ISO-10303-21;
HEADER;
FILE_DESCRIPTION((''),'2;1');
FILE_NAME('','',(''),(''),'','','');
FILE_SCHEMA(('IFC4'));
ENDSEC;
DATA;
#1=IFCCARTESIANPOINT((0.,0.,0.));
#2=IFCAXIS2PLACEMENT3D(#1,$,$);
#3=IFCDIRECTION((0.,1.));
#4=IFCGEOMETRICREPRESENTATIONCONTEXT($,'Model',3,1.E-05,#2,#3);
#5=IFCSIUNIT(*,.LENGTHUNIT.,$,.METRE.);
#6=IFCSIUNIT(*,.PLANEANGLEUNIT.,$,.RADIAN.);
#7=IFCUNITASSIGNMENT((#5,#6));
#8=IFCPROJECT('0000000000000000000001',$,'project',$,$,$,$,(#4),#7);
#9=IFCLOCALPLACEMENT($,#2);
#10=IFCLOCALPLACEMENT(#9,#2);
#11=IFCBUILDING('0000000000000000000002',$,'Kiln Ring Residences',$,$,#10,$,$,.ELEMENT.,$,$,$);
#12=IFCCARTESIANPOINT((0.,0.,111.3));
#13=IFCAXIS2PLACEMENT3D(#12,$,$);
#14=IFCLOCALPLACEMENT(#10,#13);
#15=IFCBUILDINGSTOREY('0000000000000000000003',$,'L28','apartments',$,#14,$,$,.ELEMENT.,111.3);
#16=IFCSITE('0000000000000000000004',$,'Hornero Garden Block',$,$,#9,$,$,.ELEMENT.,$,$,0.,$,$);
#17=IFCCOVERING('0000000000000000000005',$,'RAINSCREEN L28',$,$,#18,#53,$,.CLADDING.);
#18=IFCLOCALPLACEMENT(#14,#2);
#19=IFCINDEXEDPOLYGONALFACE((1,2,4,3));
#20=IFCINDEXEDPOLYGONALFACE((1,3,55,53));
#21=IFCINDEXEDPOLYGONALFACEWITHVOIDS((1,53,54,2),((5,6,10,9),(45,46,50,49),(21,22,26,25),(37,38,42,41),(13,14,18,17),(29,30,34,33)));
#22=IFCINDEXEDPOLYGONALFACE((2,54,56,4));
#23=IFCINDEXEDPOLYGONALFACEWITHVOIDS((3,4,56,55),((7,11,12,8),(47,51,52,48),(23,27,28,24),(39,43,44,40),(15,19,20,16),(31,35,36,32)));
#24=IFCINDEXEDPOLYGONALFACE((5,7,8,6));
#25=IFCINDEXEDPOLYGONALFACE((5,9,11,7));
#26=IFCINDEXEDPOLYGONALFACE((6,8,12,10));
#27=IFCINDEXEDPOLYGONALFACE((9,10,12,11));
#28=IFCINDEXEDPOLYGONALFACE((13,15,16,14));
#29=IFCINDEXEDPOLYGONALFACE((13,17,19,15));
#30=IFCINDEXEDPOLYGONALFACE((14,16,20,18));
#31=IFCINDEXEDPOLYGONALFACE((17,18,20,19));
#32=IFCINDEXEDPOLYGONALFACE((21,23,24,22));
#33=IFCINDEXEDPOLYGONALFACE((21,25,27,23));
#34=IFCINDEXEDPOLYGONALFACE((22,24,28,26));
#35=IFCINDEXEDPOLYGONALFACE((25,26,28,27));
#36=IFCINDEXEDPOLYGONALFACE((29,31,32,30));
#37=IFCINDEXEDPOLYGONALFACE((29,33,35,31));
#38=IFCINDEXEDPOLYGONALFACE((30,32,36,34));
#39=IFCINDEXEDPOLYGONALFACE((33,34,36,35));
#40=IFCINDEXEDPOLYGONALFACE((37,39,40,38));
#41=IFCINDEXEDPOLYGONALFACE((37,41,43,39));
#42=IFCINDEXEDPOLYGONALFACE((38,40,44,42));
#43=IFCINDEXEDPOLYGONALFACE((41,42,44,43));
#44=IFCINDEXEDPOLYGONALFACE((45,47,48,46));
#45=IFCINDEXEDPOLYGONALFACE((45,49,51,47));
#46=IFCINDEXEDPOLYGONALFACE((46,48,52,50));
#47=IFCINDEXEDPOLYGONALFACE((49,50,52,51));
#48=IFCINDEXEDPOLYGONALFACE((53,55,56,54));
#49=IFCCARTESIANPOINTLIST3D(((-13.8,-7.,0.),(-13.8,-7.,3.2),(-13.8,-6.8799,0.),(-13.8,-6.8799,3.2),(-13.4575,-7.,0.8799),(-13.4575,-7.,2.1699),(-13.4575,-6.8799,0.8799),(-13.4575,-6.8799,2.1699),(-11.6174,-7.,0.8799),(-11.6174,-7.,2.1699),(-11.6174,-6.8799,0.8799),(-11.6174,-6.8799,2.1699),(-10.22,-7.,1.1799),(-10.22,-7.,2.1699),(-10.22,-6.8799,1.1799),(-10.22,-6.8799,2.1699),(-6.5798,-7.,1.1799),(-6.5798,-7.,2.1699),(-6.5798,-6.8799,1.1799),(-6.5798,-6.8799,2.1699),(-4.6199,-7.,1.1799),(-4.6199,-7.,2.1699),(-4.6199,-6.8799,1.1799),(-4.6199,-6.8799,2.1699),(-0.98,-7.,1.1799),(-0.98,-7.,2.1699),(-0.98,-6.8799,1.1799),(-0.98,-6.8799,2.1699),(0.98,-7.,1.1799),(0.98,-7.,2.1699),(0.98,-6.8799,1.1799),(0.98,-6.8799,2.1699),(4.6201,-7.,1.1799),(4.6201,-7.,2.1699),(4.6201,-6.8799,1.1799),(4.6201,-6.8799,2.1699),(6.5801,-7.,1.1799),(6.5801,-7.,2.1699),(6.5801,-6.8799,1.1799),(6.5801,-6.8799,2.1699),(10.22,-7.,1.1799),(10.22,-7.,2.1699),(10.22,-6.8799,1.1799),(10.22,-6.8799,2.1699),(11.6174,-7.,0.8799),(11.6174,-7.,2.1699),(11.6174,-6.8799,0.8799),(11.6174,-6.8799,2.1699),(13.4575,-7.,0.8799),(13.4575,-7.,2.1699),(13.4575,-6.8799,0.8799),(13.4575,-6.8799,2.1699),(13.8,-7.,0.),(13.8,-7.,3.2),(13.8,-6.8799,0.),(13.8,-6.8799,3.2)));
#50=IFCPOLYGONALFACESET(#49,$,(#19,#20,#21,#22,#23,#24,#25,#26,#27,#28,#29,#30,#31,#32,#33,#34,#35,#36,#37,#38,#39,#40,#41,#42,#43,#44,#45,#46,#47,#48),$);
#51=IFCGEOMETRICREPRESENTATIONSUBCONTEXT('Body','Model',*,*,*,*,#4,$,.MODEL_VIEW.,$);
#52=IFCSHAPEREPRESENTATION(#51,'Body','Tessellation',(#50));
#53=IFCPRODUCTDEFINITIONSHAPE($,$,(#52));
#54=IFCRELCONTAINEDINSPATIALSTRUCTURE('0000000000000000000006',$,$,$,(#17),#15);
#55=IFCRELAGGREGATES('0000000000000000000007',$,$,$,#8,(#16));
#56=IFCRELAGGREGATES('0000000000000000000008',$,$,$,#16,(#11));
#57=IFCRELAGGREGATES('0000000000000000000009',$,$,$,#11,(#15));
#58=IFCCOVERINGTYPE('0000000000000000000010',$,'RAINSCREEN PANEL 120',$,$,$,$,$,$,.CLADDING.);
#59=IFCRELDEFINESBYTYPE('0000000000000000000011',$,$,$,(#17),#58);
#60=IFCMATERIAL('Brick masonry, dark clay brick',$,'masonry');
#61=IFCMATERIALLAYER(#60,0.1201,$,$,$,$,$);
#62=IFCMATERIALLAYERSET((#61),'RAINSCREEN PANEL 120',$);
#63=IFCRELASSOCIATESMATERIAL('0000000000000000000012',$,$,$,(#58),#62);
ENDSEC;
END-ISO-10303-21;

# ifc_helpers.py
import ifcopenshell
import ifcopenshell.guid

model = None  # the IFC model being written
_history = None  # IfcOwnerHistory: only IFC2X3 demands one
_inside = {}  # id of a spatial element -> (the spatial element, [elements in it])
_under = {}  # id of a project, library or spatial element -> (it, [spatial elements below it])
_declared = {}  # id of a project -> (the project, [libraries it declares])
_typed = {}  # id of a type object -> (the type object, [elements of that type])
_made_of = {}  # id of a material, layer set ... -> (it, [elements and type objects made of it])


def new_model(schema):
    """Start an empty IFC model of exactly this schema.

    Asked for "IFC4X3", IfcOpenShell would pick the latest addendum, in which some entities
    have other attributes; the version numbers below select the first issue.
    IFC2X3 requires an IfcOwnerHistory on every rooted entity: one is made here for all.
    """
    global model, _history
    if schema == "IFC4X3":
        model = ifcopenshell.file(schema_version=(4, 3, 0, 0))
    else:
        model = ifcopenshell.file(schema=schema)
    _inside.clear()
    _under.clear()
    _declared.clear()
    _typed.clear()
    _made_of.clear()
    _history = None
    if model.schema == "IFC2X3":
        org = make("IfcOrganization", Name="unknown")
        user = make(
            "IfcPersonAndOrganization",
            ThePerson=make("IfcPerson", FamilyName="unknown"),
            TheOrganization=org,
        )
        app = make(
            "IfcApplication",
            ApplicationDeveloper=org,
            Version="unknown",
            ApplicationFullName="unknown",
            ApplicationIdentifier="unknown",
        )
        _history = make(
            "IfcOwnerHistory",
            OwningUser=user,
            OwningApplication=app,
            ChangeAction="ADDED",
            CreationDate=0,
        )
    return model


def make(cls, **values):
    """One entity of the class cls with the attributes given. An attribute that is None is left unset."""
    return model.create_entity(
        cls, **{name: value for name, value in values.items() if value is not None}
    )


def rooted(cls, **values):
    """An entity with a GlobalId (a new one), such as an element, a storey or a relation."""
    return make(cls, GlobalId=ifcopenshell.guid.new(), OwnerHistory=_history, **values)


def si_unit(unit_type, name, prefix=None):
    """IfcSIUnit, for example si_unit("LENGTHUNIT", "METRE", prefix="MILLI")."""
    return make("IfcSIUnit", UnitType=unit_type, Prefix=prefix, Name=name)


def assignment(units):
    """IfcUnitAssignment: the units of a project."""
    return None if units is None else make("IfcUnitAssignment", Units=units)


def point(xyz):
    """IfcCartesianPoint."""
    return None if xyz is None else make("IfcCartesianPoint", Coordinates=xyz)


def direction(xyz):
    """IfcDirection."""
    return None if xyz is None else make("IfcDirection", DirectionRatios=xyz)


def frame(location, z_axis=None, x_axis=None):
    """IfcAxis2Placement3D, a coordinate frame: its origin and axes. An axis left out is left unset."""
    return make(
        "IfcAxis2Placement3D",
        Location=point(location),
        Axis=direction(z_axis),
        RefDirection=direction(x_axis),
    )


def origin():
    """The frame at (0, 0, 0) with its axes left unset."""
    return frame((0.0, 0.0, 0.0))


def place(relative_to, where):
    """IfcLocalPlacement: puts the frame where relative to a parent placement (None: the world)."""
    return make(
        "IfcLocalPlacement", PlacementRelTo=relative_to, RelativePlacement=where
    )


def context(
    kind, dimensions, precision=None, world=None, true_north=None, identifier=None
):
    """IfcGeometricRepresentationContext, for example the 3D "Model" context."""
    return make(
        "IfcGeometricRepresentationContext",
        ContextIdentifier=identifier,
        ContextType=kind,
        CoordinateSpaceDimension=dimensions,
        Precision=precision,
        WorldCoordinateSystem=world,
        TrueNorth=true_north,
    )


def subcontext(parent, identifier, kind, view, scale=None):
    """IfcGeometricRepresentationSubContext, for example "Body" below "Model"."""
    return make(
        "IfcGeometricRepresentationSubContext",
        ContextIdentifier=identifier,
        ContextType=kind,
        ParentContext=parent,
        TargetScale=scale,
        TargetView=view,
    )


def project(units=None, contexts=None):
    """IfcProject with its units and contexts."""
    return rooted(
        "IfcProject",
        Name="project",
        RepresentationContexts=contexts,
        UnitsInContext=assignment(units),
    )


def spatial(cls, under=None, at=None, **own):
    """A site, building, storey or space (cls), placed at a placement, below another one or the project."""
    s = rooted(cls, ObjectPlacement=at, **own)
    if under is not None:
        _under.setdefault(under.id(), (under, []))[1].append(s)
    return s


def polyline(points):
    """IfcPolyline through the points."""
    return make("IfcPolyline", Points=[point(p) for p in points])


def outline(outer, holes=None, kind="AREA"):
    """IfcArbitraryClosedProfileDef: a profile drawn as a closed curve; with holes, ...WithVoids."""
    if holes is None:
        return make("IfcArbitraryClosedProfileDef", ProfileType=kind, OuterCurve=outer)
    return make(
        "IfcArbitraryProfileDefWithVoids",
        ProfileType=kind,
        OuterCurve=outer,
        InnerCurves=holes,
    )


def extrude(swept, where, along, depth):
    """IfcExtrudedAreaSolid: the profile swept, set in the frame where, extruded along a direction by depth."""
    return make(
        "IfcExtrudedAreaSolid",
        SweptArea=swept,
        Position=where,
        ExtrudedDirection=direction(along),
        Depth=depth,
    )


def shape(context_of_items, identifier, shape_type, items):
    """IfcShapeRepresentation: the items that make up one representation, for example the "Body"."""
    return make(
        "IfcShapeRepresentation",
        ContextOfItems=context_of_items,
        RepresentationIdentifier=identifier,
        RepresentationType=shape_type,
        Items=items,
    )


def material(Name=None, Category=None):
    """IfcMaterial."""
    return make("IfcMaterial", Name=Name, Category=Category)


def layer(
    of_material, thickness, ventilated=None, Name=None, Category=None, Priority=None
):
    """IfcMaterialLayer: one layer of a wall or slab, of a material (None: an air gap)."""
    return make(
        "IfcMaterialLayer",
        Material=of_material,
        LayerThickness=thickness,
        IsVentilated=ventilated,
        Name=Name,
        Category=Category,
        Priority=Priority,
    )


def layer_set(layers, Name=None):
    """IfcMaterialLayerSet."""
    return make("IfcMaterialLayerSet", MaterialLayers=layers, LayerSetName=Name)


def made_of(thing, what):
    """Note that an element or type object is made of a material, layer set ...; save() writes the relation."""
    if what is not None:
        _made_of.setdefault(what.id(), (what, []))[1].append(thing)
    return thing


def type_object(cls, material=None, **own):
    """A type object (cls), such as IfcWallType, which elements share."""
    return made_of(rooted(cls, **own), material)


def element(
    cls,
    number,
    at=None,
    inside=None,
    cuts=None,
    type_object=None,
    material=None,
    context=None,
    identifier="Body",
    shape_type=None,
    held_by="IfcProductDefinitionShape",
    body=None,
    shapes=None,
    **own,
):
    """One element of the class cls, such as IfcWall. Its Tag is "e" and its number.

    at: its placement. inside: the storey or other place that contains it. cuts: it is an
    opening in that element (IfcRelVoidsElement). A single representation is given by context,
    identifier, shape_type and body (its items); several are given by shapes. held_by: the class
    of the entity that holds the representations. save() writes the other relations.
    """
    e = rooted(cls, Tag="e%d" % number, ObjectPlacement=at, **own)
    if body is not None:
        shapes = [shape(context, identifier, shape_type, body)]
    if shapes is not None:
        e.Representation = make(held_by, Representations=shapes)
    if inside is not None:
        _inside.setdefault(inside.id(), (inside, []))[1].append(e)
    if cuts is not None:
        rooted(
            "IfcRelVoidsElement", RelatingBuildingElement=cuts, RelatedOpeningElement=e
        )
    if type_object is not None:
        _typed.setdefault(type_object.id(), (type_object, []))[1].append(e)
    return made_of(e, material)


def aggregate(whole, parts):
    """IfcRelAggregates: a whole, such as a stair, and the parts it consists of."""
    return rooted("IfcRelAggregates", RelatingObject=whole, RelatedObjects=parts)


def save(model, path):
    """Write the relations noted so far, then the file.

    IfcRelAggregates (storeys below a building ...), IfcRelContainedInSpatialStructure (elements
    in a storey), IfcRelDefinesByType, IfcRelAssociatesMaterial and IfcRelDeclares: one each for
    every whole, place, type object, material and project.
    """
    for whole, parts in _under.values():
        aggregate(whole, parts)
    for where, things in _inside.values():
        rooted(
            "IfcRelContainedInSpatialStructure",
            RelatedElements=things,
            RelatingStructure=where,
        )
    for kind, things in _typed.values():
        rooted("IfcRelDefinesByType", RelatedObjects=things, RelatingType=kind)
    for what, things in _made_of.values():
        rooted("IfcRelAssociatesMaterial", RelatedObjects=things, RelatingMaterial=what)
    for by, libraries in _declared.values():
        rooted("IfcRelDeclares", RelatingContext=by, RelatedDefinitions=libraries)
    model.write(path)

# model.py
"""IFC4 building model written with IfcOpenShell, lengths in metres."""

from ifc_helpers import new_model, si_unit, direction, frame, origin, place, context, subcontext, project, spatial, polyline, outline, extrude, material, layer, layer_set, type_object, element, save


model = new_model("IFC4")

# Units and contexts
model_context = context("Model", 3, precision=1e-05, world=origin(), true_north=direction((0.0, 1.0)))
body_context = subcontext(model_context, "Body", "Model", "MODEL_VIEW")
ifc_project = project(units=[si_unit("LENGTHUNIT", "METRE"), si_unit("PLANEANGLEUNIT", "RADIAN")], contexts=[model_context])

# Site, building, storey
site_placement = place(None, origin())
site = spatial("IfcSite", under=ifc_project, at=site_placement, Name="Hornero Garden Block", CompositionType="ELEMENT", RefElevation=0.0)
building_placement = place(site_placement, origin())
building = spatial("IfcBuilding", under=site, at=building_placement, Name="Kiln Ring Residences", CompositionType="ELEMENT")
storey_placement = place(building_placement, frame((0.0, 0.0, 111.3)))
storey = spatial("IfcBuildingStorey", under=building, at=storey_placement, Name="L28", Description="apartments", CompositionType="ELEMENT", Elevation=111.3)

# Covering
ifc_material_1 = material(Name="Brick masonry, dark clay brick", Category="masonry")
ifc_layer_1 = layer(ifc_material_1, 0.1201)
ifc_layer_set_1 = layer_set([ifc_layer_1], Name="RAINSCREEN PANEL 120")
covering_type = type_object("IfcCoveringType", Name="RAINSCREEN PANEL 120", PredefinedType="CLADDING", material=ifc_layer_set_1)
covering_placement = place(storey_placement, frame((13.8, -6.9399, 0.0), z_axis=(0.0, 0.0, 1.0), x_axis=(-1.0, 0.0, 0.0)))
element("IfcCovering", 1, at=covering_placement, inside=storey, type_object=covering_type, Name="RAINSCREEN L28", PredefinedType="CLADDING", context=body_context, shape_type="SweptSolid", body=[
    extrude(outline(polyline([(0.0, 0.0), (27.6001, 0.0), (27.6001, 3.2), (0.0, 3.2), (0.0, 0.0)]), holes=[polyline([(2.1826, 0.8799), (2.1826, 2.1699), (0.3425, 2.1699), (0.3425, 0.8799), (2.1826, 0.8799)]), polyline([(25.4175, 0.8799), (27.2576, 0.8799), (27.2576, 2.1699), (25.4175, 2.1699), (25.4175, 0.8799)]), polyline([(3.5801, 1.1799), (7.22, 1.1799), (7.22, 2.1699), (3.5801, 2.1699), (3.5801, 1.1799)]), polyline([(12.8201, 1.1799), (12.8201, 2.1699), (9.1799, 2.1699), (9.1799, 1.1799), (12.8201, 1.1799)]), polyline([(14.78, 1.1799), (18.4199, 1.1799), (18.4199, 2.1699), (14.78, 2.1699), (14.78, 1.1799)]), polyline([(20.3799, 1.1799), (24.02, 1.1799), (24.02, 2.1699), (20.3799, 2.1699), (20.3799, 1.1799)])]), frame((0.0, 0.0601, 0.0), z_axis=(0.0, -1.0, 0.0), x_axis=(1.0, 0.0, 0.0)), (0.0, 0.0, 1.0), 0.1201),
])

save(model, "model.ifc")
